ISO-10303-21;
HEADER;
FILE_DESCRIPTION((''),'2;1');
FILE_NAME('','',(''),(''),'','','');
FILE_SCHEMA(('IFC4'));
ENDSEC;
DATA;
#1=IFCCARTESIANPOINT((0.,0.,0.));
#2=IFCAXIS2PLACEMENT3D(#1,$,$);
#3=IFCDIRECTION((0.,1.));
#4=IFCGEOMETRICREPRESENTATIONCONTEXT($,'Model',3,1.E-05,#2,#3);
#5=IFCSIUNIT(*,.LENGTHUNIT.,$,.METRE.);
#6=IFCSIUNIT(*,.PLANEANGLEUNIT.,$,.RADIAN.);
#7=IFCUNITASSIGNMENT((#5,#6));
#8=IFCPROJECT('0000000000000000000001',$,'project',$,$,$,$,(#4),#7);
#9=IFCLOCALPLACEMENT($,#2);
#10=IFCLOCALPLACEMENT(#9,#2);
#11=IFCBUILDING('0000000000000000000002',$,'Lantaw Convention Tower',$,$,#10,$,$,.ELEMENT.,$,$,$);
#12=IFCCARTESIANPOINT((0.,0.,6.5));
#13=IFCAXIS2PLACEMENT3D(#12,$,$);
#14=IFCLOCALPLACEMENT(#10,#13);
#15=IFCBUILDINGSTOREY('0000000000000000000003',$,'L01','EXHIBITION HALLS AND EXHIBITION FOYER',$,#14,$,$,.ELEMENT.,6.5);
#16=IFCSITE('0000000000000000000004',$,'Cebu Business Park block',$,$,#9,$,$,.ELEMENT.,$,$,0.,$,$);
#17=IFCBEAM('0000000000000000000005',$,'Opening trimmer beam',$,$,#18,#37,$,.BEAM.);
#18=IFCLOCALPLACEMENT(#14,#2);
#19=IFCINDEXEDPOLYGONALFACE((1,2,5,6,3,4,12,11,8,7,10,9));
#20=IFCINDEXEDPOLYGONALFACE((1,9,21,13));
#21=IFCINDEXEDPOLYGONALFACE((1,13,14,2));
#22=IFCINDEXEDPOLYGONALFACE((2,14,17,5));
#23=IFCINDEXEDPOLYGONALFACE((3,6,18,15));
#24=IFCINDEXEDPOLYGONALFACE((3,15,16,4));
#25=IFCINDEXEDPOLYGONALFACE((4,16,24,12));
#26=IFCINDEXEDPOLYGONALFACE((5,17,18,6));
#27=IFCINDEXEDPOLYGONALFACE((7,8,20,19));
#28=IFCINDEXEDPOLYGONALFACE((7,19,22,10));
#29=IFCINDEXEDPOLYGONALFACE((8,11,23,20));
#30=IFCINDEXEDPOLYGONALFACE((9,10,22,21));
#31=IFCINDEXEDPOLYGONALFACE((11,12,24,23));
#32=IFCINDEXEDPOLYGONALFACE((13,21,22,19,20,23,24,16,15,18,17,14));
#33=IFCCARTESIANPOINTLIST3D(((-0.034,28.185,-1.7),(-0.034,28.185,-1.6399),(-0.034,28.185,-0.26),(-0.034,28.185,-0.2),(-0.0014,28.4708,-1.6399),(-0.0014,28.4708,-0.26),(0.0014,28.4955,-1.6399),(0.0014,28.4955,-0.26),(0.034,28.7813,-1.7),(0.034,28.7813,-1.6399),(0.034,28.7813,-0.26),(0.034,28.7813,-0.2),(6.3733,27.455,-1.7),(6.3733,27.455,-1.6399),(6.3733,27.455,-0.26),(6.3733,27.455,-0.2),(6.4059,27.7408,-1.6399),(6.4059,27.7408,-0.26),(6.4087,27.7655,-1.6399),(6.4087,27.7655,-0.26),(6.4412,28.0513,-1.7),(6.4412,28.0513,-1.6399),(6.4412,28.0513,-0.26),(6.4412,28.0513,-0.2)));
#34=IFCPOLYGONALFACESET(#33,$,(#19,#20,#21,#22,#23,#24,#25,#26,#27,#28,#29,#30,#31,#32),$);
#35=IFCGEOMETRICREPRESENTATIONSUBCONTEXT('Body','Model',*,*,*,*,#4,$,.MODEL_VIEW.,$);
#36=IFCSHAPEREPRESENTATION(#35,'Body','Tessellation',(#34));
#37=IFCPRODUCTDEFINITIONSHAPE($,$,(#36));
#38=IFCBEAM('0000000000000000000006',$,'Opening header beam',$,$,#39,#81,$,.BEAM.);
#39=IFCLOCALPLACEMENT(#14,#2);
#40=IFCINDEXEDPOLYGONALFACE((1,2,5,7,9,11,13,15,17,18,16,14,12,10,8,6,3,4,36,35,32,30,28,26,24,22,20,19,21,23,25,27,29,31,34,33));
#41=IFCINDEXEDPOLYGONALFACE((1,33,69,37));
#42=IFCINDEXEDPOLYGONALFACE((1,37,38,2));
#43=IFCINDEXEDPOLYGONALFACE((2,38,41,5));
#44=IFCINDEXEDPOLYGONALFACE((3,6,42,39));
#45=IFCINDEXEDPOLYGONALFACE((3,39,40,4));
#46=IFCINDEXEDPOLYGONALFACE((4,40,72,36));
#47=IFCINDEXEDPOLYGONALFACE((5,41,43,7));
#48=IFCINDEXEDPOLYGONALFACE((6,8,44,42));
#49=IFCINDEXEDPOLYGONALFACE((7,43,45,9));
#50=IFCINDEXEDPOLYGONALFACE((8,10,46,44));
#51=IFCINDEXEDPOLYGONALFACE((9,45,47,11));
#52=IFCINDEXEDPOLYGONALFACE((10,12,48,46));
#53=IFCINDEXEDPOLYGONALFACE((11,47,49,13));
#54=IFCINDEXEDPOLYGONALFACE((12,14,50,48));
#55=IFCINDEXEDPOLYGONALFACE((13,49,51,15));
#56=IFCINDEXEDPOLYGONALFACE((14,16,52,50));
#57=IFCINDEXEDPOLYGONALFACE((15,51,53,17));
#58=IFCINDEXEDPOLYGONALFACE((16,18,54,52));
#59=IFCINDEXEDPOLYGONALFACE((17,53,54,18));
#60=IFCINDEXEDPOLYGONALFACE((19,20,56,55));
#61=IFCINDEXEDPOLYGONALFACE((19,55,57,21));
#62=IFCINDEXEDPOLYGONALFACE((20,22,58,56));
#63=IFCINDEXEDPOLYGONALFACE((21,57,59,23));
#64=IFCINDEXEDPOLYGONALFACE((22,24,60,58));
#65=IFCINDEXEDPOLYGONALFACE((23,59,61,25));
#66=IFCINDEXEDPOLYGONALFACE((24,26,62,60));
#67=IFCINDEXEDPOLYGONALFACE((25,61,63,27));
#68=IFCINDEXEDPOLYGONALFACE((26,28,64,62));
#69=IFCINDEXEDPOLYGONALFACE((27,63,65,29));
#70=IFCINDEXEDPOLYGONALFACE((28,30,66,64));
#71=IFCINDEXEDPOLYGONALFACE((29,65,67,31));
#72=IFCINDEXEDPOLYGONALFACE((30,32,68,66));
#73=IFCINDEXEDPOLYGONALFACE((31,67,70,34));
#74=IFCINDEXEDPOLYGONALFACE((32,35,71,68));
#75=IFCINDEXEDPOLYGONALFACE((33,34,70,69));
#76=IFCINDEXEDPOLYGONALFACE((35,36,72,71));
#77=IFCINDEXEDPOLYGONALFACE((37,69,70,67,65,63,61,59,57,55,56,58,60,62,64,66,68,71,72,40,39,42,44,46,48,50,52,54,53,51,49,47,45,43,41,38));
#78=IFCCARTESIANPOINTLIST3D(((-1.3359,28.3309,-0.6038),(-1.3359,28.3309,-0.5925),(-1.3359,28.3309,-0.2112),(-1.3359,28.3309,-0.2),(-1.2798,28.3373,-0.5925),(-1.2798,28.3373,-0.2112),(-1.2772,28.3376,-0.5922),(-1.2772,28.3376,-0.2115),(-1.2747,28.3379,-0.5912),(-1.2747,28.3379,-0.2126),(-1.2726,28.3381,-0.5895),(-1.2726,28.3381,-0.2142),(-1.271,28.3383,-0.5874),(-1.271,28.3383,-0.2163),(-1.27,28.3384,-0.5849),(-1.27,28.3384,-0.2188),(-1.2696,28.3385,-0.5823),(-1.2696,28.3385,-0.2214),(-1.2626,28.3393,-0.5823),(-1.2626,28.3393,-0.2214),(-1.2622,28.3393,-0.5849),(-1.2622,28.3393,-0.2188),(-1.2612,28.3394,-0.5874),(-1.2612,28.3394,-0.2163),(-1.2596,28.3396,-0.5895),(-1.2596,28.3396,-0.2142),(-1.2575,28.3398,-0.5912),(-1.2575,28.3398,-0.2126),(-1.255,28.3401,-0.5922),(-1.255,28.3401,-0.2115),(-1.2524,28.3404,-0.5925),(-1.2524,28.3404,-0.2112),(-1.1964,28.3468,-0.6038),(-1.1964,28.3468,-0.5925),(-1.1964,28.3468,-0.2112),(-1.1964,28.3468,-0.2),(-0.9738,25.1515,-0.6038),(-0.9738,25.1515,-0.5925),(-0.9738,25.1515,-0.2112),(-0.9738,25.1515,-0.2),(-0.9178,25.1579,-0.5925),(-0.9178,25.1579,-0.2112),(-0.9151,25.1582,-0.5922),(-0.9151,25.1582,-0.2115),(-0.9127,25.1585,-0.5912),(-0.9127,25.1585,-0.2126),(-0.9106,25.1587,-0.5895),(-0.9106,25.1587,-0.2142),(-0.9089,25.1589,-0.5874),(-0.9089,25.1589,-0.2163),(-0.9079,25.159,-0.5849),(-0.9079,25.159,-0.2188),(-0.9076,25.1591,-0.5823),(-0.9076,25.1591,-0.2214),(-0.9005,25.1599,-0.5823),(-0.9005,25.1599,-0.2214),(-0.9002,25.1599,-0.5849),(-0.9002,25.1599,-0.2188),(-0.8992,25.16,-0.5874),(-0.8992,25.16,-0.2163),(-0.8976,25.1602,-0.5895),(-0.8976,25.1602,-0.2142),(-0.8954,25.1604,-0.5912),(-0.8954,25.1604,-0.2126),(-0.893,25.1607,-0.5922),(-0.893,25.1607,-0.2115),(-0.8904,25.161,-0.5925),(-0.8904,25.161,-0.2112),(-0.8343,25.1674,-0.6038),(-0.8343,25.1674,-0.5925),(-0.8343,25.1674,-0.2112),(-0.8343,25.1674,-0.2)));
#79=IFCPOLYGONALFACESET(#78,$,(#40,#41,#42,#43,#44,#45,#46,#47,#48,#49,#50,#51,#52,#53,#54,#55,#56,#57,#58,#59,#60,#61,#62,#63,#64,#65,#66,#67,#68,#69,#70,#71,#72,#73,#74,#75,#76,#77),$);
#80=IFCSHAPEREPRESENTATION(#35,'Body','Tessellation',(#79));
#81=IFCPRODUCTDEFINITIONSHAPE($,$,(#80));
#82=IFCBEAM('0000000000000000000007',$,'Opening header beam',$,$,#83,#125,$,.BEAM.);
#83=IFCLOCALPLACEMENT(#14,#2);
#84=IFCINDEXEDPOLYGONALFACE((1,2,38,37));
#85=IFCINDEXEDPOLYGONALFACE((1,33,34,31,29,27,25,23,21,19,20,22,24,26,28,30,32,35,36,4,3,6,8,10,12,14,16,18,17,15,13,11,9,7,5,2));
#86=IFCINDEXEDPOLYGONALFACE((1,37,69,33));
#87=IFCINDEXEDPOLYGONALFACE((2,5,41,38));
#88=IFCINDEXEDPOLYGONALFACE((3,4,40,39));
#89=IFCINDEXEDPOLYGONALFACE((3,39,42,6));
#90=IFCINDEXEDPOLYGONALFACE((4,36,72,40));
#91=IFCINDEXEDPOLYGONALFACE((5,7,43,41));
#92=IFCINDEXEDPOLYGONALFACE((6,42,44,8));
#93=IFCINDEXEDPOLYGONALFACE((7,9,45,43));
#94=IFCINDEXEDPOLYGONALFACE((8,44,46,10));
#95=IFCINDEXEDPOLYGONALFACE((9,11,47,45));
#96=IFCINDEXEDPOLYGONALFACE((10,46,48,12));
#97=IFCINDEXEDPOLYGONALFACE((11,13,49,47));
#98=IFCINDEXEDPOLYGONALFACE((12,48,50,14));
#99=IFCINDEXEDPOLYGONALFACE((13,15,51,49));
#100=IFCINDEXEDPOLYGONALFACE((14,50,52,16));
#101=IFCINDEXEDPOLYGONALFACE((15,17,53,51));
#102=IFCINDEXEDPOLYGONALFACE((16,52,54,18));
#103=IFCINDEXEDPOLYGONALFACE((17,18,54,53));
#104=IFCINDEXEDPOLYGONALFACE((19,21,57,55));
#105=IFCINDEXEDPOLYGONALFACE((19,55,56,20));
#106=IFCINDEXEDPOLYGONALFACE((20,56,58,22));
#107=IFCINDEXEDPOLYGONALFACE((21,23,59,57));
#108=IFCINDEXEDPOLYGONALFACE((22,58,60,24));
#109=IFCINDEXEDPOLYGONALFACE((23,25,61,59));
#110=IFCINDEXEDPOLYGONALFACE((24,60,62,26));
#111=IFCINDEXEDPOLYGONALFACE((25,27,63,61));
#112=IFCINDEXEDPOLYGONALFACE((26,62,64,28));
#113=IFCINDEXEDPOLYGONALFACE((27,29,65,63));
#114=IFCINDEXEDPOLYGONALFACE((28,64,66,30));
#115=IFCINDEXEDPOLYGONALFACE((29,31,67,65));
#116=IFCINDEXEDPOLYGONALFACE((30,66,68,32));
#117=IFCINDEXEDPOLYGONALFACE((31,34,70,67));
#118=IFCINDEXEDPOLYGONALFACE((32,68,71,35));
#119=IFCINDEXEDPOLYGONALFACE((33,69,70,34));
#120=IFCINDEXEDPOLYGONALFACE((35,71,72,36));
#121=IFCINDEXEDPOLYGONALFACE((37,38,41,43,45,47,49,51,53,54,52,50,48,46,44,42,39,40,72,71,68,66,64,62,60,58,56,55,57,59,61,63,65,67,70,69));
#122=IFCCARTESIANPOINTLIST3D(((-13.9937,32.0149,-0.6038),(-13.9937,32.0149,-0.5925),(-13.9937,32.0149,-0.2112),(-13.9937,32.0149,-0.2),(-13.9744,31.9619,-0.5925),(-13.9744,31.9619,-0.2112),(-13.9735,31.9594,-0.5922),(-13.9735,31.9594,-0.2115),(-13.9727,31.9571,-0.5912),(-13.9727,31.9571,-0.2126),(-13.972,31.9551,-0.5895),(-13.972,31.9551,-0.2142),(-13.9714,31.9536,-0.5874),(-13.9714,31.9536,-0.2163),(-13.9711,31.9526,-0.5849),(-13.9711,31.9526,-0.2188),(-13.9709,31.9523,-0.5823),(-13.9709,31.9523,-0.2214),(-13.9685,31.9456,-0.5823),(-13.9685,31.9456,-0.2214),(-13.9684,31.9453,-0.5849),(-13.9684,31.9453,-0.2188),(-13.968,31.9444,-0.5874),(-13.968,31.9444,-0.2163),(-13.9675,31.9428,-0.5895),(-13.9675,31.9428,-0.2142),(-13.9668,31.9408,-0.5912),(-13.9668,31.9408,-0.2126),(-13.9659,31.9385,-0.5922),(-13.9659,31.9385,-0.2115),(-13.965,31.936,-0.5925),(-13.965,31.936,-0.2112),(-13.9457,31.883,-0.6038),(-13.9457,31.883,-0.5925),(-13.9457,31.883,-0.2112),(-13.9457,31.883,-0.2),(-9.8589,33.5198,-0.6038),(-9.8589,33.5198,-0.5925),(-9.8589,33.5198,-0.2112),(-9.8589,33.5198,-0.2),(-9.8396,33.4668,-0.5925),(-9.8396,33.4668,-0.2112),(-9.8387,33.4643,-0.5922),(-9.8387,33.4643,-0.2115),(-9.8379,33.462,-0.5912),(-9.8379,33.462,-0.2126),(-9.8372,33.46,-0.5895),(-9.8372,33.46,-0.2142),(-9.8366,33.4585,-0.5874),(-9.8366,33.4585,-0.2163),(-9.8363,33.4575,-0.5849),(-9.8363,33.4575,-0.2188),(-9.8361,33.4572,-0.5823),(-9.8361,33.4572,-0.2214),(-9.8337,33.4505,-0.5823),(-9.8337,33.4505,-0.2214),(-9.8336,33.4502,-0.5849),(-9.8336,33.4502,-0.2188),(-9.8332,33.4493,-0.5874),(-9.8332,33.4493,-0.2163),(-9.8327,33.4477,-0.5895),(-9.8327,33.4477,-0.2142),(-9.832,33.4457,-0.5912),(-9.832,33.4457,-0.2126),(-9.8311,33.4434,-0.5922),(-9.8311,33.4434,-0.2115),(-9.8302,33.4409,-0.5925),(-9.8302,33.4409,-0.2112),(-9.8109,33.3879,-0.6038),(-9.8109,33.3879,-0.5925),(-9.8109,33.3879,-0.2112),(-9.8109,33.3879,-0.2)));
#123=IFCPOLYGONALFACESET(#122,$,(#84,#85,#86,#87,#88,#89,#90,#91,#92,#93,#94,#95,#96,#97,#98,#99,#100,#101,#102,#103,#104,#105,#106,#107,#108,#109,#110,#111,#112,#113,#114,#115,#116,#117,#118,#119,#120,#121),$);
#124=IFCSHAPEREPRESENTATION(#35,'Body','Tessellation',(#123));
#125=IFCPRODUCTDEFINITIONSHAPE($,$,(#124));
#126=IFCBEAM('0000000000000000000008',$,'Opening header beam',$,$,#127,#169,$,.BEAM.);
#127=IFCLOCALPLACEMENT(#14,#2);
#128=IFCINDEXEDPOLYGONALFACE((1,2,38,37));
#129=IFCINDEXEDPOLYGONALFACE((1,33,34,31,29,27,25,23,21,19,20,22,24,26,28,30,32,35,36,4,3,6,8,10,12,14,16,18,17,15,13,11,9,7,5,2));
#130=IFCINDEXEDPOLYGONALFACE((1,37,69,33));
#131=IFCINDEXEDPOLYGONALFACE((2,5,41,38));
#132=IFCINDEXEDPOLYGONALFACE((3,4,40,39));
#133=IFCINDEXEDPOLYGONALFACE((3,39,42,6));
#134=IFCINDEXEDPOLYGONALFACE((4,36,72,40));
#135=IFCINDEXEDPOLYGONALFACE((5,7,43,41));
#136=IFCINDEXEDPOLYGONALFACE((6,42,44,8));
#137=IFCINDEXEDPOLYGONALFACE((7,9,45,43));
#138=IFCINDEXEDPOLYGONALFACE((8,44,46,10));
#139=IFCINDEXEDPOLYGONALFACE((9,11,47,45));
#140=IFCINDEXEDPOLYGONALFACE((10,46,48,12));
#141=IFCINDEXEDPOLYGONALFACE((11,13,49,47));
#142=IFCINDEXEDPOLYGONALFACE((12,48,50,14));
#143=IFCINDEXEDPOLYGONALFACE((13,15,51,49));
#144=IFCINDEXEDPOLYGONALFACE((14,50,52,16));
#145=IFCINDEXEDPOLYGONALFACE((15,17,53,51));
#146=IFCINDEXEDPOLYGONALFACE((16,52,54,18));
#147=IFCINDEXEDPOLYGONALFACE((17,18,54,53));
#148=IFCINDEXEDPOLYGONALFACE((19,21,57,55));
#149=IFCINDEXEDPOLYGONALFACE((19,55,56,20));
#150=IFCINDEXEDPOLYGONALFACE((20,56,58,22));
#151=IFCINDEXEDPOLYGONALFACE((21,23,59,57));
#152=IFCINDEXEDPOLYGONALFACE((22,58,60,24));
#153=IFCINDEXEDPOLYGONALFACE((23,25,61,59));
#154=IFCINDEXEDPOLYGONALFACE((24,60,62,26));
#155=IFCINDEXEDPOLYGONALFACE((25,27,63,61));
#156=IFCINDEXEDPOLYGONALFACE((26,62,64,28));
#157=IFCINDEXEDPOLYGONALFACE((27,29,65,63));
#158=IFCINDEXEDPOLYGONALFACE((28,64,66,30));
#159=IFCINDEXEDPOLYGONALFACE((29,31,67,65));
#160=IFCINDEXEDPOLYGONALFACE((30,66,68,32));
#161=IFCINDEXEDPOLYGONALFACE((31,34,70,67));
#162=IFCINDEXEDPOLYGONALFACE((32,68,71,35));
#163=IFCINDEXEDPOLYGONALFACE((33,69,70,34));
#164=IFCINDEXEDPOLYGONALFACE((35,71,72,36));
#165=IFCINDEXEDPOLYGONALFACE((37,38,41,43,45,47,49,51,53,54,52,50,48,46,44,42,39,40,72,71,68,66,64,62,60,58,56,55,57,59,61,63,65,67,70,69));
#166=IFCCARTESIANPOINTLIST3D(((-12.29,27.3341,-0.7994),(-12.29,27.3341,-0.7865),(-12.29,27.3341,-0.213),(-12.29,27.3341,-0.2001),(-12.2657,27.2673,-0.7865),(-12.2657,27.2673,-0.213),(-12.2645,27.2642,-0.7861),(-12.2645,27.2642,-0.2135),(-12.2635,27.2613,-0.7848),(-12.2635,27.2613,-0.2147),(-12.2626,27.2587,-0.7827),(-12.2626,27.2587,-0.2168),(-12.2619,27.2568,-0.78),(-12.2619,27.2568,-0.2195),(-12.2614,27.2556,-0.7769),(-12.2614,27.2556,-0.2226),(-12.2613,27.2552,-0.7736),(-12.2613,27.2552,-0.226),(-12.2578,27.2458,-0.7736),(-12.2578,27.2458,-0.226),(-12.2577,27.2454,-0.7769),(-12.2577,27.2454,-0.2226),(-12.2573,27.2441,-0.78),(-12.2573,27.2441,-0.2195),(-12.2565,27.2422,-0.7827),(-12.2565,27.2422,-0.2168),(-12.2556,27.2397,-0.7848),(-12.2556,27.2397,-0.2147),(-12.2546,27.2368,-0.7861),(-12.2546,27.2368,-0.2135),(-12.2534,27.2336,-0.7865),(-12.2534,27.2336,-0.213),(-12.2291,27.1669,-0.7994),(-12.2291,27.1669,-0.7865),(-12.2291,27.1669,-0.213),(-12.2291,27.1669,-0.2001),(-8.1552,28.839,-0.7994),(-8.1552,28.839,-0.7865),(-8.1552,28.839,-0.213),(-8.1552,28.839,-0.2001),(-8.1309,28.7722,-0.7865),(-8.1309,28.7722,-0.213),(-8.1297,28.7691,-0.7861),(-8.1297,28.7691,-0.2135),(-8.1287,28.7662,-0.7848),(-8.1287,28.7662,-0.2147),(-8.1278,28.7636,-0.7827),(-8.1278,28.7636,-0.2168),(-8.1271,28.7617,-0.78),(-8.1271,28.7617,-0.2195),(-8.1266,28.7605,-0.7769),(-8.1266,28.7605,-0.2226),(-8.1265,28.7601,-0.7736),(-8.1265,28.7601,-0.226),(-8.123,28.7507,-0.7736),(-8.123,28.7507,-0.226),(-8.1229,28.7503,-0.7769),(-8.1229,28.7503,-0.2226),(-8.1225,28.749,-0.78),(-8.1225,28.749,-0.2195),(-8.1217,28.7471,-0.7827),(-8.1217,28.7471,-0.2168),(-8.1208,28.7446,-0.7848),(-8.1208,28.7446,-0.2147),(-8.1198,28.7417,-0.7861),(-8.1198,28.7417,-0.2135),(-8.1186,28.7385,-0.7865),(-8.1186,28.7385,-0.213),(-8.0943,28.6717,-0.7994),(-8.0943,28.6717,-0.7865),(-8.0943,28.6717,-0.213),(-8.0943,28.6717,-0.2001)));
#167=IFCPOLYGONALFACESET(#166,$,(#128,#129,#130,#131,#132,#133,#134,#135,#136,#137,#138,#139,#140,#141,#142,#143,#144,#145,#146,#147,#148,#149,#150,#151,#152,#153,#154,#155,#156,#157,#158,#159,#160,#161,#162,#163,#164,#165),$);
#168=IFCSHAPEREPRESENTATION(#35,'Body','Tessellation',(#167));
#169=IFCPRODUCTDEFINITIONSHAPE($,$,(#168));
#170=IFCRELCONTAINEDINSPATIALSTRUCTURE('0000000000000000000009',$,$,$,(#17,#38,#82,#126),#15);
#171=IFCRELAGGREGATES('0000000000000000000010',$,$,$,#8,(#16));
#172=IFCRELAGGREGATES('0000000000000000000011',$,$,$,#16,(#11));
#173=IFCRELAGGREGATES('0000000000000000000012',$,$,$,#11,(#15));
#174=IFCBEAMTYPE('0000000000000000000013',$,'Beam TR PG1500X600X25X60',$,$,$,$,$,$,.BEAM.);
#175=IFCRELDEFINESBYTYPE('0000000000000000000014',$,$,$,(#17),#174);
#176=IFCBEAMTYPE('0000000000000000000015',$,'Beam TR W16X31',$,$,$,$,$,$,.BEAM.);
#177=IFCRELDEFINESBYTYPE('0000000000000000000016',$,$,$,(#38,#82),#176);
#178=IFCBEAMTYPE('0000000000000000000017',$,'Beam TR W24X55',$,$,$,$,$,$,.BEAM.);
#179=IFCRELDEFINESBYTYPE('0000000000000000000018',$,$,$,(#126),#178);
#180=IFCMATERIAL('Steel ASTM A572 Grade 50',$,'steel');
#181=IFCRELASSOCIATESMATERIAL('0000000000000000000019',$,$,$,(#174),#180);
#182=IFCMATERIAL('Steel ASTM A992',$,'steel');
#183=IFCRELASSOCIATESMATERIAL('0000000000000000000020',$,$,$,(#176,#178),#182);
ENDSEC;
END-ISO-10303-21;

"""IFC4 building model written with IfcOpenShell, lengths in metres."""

from ifc_helpers import new_model, si_unit, direction, frame, origin, origin_2d, place, context, subcontext, project, spatial, i_section, extrude, material, material_profile, profile_set, type_object, element, save


model = new_model("IFC4")

# Units and contexts
model_context = context("Model", 3, precision=1e-05, world=origin(), true_north=direction((0.0, 1.0)))
body_context = subcontext(model_context, "Body", "Model", "MODEL_VIEW")
ifc_project = project(units=[si_unit("LENGTHUNIT", "METRE"), si_unit("PLANEANGLEUNIT", "RADIAN")], contexts=[model_context])

# Site, building, storey
site_placement = place(None, origin())
site = spatial("IfcSite", under=ifc_project, at=site_placement, Name="Cebu Business Park block", CompositionType="ELEMENT", RefElevation=0.0)
building_placement = place(site_placement, origin())
building = spatial("IfcBuilding", under=site, at=building_placement, Name="Lantaw Convention Tower", CompositionType="ELEMENT")
storey_placement = place(building_placement, frame((0.0, 0.0, 6.5)))
storey = spatial("IfcBuildingStorey", under=building, at=storey_placement, Name="L01", Description="EXHIBITION HALLS AND EXHIBITION FOYER", CompositionType="ELEMENT", Elevation=6.5)

# Shared definitions
ifc_material_1 = material(Name="Steel ASTM A572 Grade 50", Category="steel")

# Beams
ifc_material_2 = material(Name="Steel ASTM A992", Category="steel")
ifc_material_profile_1 = material_profile(ifc_material_1, i_section(OverallWidth=0.6001, OverallDepth=1.5, WebThickness=0.0249, FlangeThickness=0.0601, at=origin_2d()), Name="PG1500X600X25X60")
ifc_profile_set_1 = profile_set([ifc_material_profile_1], Name="Steel ASTM A572 Grade 50")
beam_type_1 = type_object("IfcBeamType", Name="Beam TR PG1500X600X25X60", PredefinedType="BEAM", material=ifc_profile_set_1)
beam_1_placement = place(storey_placement, frame((0.0, 28.4832, -0.95), z_axis=(0.993572, -0.113199, 0.0), x_axis=(0.113199, 0.993572, 0.0)))
element("IfcBeam", 1, at=beam_1_placement, inside=storey, type_object=beam_type_1, Name="Opening trimmer beam", PredefinedType="BEAM", context=body_context, shape_type="SweptSolid", body=[
    extrude(i_section(OverallWidth=0.6001, OverallDepth=1.5, WebThickness=0.0249, FlangeThickness=0.0601, at=origin_2d()), origin(), (0.0, 0.0, 1.0), 6.4487),
])
ifc_material_profile_2 = material_profile(ifc_material_2, i_section(OverallWidth=0.1404, OverallDepth=0.4038, WebThickness=0.0071, FlangeThickness=0.0112, FilletRadius=0.0103, at=origin_2d()), Name="W16X31")
ifc_profile_set_2 = profile_set([ifc_material_profile_2], Name="Steel ASTM A992")
beam_type_2 = type_object("IfcBeamType", Name="Beam TR W16X31", PredefinedType="BEAM", material=ifc_profile_set_2)
beam_2_placement = place(storey_placement, frame((-1.2661, 28.3389, -0.4019), z_axis=(0.113144, -0.993579, 0.0), x_axis=(0.993579, 0.113144, 0.0)))
element("IfcBeam", 2, at=beam_2_placement, inside=storey, type_object=beam_type_2, Name="Opening header beam", PredefinedType="BEAM", context=body_context, shape_type="SweptSolid", body=[
    extrude(i_section(OverallWidth=0.1404, OverallDepth=0.4038, WebThickness=0.0071, FlangeThickness=0.0112, FilletRadius=0.0103, at=origin_2d()), origin(), (0.0, 0.0, 1.0), 3.2),
])
beam_3_placement = place(storey_placement, frame((-13.9697, 31.949, -0.4019), z_axis=(0.939696, 0.34201, 0.0), x_axis=(-0.34201, 0.939696, 0.0)))
element("IfcBeam", 3, at=beam_3_placement, inside=storey, type_object=beam_type_2, Name="Opening header beam", PredefinedType="BEAM", context=body_context, shape_type="SweptSolid", body=[
    extrude(i_section(OverallWidth=0.1404, OverallDepth=0.4038, WebThickness=0.0071, FlangeThickness=0.0112, FilletRadius=0.0103, at=origin_2d()), origin(), (0.0, 0.0, 1.0), 4.4001),
])
ifc_material_profile_3 = material_profile(ifc_material_2, i_section(OverallWidth=0.178, OverallDepth=0.5994, WebThickness=0.01, FlangeThickness=0.0129, FilletRadius=0.0129, at=origin_2d()), Name="W24X55")
ifc_profile_set_3 = profile_set([ifc_material_profile_3], Name="Steel ASTM A992")
beam_type_3 = type_object("IfcBeamType", Name="Beam TR W24X55", PredefinedType="BEAM", material=ifc_profile_set_3)
beam_4_placement = place(storey_placement, frame((-8.1248, 28.7554, -0.4998), z_axis=(-0.939696, -0.34201, 0.0), x_axis=(0.34201, -0.939696, 0.0)))
element("IfcBeam", 4, at=beam_4_placement, inside=storey, type_object=beam_type_3, Name="Opening header beam", PredefinedType="BEAM", context=body_context, shape_type="SweptSolid", body=[
    extrude(i_section(OverallWidth=0.178, OverallDepth=0.5994, WebThickness=0.01, FlangeThickness=0.0129, FilletRadius=0.0129, at=origin_2d()), origin(), (0.0, 0.0, 1.0), 4.4001),
])

save(model, "model.ifc")
